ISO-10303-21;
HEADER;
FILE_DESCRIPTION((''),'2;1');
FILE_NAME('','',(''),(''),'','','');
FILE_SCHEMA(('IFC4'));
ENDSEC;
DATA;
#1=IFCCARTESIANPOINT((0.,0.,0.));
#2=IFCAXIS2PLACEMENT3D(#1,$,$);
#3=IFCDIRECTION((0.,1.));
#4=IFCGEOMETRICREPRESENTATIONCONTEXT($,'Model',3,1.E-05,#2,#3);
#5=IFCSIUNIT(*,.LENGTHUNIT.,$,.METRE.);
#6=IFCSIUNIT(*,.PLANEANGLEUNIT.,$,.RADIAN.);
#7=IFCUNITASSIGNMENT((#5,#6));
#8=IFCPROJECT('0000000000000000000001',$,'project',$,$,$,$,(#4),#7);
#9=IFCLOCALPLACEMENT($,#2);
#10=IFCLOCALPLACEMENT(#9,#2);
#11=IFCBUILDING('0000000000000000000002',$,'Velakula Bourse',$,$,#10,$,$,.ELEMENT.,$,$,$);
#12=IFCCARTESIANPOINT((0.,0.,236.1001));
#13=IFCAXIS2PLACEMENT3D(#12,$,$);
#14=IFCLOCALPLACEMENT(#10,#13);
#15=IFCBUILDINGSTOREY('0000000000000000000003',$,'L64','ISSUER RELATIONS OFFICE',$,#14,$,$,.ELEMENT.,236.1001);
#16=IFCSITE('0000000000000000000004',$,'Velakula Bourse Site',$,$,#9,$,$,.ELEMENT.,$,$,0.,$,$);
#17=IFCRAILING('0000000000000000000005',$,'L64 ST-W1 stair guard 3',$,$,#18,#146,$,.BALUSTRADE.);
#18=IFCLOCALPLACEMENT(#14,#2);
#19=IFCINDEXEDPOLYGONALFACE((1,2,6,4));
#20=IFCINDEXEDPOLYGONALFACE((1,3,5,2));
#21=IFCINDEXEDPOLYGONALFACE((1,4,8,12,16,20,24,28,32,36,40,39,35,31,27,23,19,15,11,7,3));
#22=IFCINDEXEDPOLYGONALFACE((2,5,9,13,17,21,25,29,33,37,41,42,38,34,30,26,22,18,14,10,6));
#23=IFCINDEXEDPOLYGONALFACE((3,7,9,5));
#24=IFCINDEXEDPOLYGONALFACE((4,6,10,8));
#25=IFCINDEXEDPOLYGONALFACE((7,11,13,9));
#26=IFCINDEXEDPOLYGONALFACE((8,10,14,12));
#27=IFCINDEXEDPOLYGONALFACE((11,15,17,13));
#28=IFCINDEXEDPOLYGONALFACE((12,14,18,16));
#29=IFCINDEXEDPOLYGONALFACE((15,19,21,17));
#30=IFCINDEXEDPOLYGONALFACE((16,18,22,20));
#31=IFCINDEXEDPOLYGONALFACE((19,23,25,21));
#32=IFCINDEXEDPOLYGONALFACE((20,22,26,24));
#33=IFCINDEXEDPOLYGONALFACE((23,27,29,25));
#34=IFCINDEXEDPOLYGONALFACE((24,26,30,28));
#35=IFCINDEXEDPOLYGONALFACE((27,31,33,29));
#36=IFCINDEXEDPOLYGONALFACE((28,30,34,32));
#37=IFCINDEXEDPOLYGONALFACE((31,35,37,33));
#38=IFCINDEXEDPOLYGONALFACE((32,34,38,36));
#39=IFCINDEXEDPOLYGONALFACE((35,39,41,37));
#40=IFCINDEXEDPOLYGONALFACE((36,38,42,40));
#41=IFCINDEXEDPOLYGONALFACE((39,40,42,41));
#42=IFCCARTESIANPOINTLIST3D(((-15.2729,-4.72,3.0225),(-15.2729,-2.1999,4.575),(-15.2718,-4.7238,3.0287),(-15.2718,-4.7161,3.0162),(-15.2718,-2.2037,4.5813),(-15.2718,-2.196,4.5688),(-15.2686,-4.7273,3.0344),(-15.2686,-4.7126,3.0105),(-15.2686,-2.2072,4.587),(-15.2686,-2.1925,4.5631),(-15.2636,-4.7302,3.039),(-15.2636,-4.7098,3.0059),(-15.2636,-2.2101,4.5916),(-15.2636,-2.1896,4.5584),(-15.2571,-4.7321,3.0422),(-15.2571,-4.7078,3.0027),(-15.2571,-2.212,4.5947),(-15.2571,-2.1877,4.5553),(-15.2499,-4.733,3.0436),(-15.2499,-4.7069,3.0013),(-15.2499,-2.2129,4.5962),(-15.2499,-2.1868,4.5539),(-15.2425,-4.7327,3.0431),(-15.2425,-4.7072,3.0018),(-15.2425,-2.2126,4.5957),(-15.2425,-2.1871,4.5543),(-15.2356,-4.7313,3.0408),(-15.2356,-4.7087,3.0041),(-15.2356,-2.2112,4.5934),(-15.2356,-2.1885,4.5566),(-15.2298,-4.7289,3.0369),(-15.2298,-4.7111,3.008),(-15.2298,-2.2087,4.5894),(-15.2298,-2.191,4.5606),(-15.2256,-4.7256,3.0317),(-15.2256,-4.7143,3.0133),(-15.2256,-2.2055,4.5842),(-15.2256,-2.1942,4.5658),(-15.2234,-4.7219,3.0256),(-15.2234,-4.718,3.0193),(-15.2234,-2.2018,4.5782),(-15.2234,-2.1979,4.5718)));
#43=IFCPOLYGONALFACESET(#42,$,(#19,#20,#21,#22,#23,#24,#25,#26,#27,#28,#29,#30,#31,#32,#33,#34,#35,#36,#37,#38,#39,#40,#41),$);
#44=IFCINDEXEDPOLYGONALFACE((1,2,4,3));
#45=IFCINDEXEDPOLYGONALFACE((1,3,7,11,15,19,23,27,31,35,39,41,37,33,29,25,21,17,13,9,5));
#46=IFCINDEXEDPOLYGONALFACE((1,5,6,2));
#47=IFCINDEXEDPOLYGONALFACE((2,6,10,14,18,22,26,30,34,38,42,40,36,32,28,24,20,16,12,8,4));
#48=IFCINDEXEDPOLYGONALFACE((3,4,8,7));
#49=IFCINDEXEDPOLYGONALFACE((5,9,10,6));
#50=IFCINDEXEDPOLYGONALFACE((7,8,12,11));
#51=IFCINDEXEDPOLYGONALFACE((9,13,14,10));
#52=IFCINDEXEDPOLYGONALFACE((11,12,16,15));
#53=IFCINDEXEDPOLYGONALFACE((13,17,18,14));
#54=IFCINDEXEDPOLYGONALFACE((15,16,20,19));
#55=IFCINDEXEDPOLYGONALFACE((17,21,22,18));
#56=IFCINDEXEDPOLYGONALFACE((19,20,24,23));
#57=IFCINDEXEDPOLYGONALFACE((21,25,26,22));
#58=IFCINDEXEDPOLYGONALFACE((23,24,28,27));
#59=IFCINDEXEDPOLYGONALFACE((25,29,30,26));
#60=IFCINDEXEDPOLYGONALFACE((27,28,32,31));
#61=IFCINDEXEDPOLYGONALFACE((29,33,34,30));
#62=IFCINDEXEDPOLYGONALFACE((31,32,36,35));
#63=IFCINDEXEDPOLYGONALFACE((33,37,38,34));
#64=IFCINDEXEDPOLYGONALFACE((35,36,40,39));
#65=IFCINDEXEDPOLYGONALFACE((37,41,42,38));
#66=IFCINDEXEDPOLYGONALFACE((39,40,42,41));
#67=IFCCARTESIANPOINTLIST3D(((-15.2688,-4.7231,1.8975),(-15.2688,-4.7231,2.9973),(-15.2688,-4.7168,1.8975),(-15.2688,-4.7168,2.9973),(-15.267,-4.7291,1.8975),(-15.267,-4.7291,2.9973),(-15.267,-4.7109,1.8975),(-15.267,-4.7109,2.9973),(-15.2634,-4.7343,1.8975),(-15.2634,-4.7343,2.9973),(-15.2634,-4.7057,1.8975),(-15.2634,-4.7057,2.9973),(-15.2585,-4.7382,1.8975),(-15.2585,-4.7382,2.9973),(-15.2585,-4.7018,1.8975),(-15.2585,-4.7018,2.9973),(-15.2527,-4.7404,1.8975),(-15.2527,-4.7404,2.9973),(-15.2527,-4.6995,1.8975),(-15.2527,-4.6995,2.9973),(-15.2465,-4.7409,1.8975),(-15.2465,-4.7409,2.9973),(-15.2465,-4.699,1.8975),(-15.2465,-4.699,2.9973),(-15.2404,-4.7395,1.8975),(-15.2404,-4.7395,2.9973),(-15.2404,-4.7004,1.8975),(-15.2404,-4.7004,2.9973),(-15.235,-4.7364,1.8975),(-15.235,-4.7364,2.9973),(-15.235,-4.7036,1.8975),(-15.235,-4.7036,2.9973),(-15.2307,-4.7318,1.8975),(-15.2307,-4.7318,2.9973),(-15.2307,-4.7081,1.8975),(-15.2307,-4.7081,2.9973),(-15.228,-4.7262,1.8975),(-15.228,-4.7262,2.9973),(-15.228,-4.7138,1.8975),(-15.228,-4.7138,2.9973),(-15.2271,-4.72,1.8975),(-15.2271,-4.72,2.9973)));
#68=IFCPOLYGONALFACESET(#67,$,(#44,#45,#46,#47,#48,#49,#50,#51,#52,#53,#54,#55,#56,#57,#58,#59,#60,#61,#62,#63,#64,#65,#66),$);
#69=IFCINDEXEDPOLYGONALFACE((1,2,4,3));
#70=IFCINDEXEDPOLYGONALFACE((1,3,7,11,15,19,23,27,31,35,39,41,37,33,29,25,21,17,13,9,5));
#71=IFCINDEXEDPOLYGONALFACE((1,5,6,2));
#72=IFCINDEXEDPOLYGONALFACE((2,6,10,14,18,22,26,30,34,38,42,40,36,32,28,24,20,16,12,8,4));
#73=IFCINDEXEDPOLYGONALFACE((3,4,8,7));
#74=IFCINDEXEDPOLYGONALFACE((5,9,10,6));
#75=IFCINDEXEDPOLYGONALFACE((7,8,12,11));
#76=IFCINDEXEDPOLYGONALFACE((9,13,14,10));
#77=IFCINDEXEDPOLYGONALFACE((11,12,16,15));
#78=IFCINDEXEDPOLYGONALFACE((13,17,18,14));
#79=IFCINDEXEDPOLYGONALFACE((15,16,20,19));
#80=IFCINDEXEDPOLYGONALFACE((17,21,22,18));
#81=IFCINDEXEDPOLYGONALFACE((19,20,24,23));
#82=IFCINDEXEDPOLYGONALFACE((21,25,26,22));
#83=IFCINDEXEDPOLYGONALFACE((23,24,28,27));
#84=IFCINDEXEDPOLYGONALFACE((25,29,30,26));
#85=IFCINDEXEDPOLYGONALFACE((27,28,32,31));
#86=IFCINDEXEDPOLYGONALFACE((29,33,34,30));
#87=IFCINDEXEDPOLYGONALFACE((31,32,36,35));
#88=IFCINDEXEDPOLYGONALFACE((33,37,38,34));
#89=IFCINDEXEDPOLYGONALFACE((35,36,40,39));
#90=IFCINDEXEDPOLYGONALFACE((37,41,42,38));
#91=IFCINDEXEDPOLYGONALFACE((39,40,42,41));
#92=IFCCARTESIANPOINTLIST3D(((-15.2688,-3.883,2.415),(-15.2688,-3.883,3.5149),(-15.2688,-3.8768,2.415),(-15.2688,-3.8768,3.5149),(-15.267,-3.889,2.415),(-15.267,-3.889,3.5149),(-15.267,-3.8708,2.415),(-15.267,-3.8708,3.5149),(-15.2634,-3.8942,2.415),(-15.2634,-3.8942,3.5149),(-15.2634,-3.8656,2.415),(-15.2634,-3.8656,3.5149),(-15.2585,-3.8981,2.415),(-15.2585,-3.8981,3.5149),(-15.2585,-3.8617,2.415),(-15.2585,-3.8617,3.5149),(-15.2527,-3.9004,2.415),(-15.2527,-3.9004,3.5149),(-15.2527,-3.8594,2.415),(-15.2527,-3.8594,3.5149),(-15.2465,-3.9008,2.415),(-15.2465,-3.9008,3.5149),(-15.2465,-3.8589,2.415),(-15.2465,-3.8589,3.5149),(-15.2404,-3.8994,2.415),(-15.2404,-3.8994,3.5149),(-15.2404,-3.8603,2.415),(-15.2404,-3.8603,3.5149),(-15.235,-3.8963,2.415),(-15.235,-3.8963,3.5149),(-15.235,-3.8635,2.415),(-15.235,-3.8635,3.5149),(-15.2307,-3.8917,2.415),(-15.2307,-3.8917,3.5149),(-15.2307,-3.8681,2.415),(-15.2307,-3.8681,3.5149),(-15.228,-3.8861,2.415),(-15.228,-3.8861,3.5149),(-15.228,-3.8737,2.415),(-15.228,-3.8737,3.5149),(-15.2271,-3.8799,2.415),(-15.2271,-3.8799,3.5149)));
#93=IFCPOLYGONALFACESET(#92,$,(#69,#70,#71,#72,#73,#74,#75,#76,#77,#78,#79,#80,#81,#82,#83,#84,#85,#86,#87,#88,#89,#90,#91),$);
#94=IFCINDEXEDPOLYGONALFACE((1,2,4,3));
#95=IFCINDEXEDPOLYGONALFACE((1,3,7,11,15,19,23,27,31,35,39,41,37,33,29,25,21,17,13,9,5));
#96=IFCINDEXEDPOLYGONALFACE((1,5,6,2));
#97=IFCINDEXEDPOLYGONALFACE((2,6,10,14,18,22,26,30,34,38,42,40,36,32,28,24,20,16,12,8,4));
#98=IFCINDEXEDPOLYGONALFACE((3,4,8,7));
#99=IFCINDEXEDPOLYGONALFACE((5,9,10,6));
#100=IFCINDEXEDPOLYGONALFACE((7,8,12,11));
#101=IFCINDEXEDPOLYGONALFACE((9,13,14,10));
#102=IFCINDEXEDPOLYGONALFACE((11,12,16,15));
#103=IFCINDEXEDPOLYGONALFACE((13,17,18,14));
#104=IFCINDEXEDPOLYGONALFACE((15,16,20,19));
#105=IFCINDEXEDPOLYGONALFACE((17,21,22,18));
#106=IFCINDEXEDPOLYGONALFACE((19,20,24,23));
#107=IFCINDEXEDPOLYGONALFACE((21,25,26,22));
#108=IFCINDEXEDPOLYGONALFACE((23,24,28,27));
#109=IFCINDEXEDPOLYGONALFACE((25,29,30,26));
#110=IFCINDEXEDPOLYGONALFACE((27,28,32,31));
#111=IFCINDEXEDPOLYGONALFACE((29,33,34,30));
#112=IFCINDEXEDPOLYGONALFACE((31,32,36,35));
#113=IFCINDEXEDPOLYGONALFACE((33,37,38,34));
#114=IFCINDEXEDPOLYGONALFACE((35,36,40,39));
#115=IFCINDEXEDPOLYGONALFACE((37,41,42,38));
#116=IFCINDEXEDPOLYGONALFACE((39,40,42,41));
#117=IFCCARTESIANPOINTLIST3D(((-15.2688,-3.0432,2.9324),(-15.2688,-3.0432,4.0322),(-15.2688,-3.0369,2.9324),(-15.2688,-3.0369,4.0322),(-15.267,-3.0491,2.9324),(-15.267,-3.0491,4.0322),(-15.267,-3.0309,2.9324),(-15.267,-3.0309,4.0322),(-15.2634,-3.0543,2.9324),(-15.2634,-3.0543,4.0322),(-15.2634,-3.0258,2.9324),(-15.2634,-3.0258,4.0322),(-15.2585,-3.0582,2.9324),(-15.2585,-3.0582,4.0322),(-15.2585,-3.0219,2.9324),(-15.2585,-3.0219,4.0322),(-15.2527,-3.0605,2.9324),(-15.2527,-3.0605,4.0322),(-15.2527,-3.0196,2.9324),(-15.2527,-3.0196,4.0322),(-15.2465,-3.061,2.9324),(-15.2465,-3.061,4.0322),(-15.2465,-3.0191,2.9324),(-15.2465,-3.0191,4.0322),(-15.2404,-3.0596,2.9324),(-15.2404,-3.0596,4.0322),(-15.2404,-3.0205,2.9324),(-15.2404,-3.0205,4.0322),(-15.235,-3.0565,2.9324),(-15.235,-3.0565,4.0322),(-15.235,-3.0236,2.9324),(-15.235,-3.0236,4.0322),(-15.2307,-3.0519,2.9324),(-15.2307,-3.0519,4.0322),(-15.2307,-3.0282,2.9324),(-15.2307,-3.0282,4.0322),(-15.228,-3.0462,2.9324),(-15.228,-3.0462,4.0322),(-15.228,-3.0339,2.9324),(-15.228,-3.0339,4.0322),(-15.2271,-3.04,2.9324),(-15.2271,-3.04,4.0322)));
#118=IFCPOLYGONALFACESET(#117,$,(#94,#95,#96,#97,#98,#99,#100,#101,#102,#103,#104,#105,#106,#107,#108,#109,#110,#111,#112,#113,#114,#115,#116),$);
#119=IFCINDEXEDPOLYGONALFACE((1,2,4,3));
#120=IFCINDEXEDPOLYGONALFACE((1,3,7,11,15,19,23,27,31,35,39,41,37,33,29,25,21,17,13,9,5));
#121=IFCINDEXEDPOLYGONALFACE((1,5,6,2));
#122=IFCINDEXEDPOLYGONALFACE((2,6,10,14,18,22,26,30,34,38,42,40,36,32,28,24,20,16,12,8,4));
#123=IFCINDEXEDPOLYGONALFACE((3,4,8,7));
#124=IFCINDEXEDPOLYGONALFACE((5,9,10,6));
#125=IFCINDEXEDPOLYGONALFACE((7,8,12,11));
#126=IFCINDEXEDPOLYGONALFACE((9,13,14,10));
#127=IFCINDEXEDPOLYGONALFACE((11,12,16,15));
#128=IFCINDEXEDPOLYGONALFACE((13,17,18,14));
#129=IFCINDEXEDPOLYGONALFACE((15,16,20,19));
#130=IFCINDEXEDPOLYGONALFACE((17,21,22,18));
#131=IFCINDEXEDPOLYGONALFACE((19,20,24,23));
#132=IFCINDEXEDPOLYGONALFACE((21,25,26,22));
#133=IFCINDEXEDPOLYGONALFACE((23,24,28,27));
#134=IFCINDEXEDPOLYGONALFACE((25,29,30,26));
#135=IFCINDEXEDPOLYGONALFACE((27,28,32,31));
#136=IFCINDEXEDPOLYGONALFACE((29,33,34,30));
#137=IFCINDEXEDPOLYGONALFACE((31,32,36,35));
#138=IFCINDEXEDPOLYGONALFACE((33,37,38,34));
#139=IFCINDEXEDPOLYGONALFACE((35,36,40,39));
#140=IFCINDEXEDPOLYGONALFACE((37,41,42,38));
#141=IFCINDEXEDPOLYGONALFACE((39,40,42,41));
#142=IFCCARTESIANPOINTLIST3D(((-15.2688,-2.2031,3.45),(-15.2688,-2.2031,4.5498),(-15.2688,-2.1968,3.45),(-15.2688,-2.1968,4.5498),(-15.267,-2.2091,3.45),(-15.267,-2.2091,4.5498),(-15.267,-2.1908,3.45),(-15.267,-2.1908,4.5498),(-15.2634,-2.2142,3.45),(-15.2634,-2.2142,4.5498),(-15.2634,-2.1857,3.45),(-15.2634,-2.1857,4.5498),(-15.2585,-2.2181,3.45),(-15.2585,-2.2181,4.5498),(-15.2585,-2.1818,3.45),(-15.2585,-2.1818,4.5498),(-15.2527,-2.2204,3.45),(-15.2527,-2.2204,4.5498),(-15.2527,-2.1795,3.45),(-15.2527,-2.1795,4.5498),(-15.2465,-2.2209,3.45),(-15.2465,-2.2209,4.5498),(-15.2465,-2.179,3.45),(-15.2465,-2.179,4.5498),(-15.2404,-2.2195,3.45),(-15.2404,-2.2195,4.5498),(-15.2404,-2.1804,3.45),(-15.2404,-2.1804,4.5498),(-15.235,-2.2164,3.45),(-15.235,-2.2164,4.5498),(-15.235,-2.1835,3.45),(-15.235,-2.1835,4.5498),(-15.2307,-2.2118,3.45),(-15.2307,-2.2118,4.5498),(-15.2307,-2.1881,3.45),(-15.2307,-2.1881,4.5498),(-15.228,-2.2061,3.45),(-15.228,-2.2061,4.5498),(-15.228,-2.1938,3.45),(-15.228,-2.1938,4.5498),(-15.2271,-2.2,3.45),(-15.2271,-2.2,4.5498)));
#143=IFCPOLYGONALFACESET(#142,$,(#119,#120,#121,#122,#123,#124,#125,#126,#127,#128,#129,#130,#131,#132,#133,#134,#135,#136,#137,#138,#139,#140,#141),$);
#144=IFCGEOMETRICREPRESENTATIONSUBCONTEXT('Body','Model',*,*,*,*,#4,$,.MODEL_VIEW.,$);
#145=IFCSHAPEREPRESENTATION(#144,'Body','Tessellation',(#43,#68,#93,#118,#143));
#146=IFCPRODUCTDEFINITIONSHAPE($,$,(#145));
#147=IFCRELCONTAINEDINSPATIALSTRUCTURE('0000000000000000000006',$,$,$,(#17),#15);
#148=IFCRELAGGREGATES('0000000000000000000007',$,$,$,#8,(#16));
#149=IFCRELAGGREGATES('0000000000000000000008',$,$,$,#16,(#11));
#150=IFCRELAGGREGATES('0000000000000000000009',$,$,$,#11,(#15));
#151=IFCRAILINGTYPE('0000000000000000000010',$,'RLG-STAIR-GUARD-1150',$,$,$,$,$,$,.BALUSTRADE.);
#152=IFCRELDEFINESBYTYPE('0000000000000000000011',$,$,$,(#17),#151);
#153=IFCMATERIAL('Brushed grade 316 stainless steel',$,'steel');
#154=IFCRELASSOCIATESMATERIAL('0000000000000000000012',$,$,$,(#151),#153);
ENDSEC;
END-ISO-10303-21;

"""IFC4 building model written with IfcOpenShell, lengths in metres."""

from ifc_helpers import new_model, si_unit, direction, frame, origin, origin_2d, place, context, subcontext, project, spatial, circle, extrude, material, type_object, element, save


model = new_model("IFC4")

# Units and contexts
model_context = context("Model", 3, precision=1e-05, world=origin(), true_north=direction((0.0, 1.0)))
body_context = subcontext(model_context, "Body", "Model", "MODEL_VIEW")
ifc_project = project(units=[si_unit("LENGTHUNIT", "METRE"), si_unit("PLANEANGLEUNIT", "RADIAN")], contexts=[model_context])

# Site, building, storey
site_placement = place(None, origin())
site = spatial("IfcSite", under=ifc_project, at=site_placement, Name="Velakula Bourse Site", CompositionType="ELEMENT", RefElevation=0.0)
building_placement = place(site_placement, origin())
building = spatial("IfcBuilding", under=site, at=building_placement, Name="Velakula Bourse", CompositionType="ELEMENT")
storey_placement = place(building_placement, frame((0.0, 0.0, 236.1001)))
storey = spatial("IfcBuildingStorey", under=building, at=storey_placement, Name="L64", Description="ISSUER RELATIONS OFFICE", CompositionType="ELEMENT", Elevation=236.1001)

# Shared definitions
ifc_material_1 = material(Name="Brushed grade 316 stainless steel", Category="steel")

# Railing
railing_type_1 = type_object("IfcRailingType", Name="RLG-STAIR-GUARD-1150", PredefinedType="BALUSTRADE", material=ifc_material_1)
railing_1_placement = place(storey_placement, frame((-15.248, -4.72, 1.8975)))
element("IfcRailing", 1, at=railing_1_placement, inside=storey, type_object=railing_type_1, Name="L64 ST-W1 stair guard 3", PredefinedType="BALUSTRADE", context=body_context, shape_type="SweptSolid", body=[
    extrude(circle(Radius=0.0249, at=origin_2d()), frame((0.0, 0.0, 1.125), z_axis=(0.0, 0.8514, 0.524516), x_axis=(-1.0, 0.0, 0.0)), (0.0, 0.0, 1.0), 2.96),
    extrude(circle(Radius=0.021, at=origin_2d()), origin(), (0.0, 0.0, 1.0), 1.0999),
    extrude(circle(Radius=0.021, at=origin_2d()), frame((0.0, 0.8401, 0.5176)), (0.0, 0.0, 1.0), 1.0999),
    extrude(circle(Radius=0.021, at=origin_2d()), frame((0.0, 1.6799, 1.0349)), (0.0, 0.0, 1.0), 1.0999),
    extrude(circle(Radius=0.021, at=origin_2d()), frame((0.0, 2.52, 1.5525)), (0.0, 0.0, 1.0), 1.0999),
])

save(model, "model.ifc")
